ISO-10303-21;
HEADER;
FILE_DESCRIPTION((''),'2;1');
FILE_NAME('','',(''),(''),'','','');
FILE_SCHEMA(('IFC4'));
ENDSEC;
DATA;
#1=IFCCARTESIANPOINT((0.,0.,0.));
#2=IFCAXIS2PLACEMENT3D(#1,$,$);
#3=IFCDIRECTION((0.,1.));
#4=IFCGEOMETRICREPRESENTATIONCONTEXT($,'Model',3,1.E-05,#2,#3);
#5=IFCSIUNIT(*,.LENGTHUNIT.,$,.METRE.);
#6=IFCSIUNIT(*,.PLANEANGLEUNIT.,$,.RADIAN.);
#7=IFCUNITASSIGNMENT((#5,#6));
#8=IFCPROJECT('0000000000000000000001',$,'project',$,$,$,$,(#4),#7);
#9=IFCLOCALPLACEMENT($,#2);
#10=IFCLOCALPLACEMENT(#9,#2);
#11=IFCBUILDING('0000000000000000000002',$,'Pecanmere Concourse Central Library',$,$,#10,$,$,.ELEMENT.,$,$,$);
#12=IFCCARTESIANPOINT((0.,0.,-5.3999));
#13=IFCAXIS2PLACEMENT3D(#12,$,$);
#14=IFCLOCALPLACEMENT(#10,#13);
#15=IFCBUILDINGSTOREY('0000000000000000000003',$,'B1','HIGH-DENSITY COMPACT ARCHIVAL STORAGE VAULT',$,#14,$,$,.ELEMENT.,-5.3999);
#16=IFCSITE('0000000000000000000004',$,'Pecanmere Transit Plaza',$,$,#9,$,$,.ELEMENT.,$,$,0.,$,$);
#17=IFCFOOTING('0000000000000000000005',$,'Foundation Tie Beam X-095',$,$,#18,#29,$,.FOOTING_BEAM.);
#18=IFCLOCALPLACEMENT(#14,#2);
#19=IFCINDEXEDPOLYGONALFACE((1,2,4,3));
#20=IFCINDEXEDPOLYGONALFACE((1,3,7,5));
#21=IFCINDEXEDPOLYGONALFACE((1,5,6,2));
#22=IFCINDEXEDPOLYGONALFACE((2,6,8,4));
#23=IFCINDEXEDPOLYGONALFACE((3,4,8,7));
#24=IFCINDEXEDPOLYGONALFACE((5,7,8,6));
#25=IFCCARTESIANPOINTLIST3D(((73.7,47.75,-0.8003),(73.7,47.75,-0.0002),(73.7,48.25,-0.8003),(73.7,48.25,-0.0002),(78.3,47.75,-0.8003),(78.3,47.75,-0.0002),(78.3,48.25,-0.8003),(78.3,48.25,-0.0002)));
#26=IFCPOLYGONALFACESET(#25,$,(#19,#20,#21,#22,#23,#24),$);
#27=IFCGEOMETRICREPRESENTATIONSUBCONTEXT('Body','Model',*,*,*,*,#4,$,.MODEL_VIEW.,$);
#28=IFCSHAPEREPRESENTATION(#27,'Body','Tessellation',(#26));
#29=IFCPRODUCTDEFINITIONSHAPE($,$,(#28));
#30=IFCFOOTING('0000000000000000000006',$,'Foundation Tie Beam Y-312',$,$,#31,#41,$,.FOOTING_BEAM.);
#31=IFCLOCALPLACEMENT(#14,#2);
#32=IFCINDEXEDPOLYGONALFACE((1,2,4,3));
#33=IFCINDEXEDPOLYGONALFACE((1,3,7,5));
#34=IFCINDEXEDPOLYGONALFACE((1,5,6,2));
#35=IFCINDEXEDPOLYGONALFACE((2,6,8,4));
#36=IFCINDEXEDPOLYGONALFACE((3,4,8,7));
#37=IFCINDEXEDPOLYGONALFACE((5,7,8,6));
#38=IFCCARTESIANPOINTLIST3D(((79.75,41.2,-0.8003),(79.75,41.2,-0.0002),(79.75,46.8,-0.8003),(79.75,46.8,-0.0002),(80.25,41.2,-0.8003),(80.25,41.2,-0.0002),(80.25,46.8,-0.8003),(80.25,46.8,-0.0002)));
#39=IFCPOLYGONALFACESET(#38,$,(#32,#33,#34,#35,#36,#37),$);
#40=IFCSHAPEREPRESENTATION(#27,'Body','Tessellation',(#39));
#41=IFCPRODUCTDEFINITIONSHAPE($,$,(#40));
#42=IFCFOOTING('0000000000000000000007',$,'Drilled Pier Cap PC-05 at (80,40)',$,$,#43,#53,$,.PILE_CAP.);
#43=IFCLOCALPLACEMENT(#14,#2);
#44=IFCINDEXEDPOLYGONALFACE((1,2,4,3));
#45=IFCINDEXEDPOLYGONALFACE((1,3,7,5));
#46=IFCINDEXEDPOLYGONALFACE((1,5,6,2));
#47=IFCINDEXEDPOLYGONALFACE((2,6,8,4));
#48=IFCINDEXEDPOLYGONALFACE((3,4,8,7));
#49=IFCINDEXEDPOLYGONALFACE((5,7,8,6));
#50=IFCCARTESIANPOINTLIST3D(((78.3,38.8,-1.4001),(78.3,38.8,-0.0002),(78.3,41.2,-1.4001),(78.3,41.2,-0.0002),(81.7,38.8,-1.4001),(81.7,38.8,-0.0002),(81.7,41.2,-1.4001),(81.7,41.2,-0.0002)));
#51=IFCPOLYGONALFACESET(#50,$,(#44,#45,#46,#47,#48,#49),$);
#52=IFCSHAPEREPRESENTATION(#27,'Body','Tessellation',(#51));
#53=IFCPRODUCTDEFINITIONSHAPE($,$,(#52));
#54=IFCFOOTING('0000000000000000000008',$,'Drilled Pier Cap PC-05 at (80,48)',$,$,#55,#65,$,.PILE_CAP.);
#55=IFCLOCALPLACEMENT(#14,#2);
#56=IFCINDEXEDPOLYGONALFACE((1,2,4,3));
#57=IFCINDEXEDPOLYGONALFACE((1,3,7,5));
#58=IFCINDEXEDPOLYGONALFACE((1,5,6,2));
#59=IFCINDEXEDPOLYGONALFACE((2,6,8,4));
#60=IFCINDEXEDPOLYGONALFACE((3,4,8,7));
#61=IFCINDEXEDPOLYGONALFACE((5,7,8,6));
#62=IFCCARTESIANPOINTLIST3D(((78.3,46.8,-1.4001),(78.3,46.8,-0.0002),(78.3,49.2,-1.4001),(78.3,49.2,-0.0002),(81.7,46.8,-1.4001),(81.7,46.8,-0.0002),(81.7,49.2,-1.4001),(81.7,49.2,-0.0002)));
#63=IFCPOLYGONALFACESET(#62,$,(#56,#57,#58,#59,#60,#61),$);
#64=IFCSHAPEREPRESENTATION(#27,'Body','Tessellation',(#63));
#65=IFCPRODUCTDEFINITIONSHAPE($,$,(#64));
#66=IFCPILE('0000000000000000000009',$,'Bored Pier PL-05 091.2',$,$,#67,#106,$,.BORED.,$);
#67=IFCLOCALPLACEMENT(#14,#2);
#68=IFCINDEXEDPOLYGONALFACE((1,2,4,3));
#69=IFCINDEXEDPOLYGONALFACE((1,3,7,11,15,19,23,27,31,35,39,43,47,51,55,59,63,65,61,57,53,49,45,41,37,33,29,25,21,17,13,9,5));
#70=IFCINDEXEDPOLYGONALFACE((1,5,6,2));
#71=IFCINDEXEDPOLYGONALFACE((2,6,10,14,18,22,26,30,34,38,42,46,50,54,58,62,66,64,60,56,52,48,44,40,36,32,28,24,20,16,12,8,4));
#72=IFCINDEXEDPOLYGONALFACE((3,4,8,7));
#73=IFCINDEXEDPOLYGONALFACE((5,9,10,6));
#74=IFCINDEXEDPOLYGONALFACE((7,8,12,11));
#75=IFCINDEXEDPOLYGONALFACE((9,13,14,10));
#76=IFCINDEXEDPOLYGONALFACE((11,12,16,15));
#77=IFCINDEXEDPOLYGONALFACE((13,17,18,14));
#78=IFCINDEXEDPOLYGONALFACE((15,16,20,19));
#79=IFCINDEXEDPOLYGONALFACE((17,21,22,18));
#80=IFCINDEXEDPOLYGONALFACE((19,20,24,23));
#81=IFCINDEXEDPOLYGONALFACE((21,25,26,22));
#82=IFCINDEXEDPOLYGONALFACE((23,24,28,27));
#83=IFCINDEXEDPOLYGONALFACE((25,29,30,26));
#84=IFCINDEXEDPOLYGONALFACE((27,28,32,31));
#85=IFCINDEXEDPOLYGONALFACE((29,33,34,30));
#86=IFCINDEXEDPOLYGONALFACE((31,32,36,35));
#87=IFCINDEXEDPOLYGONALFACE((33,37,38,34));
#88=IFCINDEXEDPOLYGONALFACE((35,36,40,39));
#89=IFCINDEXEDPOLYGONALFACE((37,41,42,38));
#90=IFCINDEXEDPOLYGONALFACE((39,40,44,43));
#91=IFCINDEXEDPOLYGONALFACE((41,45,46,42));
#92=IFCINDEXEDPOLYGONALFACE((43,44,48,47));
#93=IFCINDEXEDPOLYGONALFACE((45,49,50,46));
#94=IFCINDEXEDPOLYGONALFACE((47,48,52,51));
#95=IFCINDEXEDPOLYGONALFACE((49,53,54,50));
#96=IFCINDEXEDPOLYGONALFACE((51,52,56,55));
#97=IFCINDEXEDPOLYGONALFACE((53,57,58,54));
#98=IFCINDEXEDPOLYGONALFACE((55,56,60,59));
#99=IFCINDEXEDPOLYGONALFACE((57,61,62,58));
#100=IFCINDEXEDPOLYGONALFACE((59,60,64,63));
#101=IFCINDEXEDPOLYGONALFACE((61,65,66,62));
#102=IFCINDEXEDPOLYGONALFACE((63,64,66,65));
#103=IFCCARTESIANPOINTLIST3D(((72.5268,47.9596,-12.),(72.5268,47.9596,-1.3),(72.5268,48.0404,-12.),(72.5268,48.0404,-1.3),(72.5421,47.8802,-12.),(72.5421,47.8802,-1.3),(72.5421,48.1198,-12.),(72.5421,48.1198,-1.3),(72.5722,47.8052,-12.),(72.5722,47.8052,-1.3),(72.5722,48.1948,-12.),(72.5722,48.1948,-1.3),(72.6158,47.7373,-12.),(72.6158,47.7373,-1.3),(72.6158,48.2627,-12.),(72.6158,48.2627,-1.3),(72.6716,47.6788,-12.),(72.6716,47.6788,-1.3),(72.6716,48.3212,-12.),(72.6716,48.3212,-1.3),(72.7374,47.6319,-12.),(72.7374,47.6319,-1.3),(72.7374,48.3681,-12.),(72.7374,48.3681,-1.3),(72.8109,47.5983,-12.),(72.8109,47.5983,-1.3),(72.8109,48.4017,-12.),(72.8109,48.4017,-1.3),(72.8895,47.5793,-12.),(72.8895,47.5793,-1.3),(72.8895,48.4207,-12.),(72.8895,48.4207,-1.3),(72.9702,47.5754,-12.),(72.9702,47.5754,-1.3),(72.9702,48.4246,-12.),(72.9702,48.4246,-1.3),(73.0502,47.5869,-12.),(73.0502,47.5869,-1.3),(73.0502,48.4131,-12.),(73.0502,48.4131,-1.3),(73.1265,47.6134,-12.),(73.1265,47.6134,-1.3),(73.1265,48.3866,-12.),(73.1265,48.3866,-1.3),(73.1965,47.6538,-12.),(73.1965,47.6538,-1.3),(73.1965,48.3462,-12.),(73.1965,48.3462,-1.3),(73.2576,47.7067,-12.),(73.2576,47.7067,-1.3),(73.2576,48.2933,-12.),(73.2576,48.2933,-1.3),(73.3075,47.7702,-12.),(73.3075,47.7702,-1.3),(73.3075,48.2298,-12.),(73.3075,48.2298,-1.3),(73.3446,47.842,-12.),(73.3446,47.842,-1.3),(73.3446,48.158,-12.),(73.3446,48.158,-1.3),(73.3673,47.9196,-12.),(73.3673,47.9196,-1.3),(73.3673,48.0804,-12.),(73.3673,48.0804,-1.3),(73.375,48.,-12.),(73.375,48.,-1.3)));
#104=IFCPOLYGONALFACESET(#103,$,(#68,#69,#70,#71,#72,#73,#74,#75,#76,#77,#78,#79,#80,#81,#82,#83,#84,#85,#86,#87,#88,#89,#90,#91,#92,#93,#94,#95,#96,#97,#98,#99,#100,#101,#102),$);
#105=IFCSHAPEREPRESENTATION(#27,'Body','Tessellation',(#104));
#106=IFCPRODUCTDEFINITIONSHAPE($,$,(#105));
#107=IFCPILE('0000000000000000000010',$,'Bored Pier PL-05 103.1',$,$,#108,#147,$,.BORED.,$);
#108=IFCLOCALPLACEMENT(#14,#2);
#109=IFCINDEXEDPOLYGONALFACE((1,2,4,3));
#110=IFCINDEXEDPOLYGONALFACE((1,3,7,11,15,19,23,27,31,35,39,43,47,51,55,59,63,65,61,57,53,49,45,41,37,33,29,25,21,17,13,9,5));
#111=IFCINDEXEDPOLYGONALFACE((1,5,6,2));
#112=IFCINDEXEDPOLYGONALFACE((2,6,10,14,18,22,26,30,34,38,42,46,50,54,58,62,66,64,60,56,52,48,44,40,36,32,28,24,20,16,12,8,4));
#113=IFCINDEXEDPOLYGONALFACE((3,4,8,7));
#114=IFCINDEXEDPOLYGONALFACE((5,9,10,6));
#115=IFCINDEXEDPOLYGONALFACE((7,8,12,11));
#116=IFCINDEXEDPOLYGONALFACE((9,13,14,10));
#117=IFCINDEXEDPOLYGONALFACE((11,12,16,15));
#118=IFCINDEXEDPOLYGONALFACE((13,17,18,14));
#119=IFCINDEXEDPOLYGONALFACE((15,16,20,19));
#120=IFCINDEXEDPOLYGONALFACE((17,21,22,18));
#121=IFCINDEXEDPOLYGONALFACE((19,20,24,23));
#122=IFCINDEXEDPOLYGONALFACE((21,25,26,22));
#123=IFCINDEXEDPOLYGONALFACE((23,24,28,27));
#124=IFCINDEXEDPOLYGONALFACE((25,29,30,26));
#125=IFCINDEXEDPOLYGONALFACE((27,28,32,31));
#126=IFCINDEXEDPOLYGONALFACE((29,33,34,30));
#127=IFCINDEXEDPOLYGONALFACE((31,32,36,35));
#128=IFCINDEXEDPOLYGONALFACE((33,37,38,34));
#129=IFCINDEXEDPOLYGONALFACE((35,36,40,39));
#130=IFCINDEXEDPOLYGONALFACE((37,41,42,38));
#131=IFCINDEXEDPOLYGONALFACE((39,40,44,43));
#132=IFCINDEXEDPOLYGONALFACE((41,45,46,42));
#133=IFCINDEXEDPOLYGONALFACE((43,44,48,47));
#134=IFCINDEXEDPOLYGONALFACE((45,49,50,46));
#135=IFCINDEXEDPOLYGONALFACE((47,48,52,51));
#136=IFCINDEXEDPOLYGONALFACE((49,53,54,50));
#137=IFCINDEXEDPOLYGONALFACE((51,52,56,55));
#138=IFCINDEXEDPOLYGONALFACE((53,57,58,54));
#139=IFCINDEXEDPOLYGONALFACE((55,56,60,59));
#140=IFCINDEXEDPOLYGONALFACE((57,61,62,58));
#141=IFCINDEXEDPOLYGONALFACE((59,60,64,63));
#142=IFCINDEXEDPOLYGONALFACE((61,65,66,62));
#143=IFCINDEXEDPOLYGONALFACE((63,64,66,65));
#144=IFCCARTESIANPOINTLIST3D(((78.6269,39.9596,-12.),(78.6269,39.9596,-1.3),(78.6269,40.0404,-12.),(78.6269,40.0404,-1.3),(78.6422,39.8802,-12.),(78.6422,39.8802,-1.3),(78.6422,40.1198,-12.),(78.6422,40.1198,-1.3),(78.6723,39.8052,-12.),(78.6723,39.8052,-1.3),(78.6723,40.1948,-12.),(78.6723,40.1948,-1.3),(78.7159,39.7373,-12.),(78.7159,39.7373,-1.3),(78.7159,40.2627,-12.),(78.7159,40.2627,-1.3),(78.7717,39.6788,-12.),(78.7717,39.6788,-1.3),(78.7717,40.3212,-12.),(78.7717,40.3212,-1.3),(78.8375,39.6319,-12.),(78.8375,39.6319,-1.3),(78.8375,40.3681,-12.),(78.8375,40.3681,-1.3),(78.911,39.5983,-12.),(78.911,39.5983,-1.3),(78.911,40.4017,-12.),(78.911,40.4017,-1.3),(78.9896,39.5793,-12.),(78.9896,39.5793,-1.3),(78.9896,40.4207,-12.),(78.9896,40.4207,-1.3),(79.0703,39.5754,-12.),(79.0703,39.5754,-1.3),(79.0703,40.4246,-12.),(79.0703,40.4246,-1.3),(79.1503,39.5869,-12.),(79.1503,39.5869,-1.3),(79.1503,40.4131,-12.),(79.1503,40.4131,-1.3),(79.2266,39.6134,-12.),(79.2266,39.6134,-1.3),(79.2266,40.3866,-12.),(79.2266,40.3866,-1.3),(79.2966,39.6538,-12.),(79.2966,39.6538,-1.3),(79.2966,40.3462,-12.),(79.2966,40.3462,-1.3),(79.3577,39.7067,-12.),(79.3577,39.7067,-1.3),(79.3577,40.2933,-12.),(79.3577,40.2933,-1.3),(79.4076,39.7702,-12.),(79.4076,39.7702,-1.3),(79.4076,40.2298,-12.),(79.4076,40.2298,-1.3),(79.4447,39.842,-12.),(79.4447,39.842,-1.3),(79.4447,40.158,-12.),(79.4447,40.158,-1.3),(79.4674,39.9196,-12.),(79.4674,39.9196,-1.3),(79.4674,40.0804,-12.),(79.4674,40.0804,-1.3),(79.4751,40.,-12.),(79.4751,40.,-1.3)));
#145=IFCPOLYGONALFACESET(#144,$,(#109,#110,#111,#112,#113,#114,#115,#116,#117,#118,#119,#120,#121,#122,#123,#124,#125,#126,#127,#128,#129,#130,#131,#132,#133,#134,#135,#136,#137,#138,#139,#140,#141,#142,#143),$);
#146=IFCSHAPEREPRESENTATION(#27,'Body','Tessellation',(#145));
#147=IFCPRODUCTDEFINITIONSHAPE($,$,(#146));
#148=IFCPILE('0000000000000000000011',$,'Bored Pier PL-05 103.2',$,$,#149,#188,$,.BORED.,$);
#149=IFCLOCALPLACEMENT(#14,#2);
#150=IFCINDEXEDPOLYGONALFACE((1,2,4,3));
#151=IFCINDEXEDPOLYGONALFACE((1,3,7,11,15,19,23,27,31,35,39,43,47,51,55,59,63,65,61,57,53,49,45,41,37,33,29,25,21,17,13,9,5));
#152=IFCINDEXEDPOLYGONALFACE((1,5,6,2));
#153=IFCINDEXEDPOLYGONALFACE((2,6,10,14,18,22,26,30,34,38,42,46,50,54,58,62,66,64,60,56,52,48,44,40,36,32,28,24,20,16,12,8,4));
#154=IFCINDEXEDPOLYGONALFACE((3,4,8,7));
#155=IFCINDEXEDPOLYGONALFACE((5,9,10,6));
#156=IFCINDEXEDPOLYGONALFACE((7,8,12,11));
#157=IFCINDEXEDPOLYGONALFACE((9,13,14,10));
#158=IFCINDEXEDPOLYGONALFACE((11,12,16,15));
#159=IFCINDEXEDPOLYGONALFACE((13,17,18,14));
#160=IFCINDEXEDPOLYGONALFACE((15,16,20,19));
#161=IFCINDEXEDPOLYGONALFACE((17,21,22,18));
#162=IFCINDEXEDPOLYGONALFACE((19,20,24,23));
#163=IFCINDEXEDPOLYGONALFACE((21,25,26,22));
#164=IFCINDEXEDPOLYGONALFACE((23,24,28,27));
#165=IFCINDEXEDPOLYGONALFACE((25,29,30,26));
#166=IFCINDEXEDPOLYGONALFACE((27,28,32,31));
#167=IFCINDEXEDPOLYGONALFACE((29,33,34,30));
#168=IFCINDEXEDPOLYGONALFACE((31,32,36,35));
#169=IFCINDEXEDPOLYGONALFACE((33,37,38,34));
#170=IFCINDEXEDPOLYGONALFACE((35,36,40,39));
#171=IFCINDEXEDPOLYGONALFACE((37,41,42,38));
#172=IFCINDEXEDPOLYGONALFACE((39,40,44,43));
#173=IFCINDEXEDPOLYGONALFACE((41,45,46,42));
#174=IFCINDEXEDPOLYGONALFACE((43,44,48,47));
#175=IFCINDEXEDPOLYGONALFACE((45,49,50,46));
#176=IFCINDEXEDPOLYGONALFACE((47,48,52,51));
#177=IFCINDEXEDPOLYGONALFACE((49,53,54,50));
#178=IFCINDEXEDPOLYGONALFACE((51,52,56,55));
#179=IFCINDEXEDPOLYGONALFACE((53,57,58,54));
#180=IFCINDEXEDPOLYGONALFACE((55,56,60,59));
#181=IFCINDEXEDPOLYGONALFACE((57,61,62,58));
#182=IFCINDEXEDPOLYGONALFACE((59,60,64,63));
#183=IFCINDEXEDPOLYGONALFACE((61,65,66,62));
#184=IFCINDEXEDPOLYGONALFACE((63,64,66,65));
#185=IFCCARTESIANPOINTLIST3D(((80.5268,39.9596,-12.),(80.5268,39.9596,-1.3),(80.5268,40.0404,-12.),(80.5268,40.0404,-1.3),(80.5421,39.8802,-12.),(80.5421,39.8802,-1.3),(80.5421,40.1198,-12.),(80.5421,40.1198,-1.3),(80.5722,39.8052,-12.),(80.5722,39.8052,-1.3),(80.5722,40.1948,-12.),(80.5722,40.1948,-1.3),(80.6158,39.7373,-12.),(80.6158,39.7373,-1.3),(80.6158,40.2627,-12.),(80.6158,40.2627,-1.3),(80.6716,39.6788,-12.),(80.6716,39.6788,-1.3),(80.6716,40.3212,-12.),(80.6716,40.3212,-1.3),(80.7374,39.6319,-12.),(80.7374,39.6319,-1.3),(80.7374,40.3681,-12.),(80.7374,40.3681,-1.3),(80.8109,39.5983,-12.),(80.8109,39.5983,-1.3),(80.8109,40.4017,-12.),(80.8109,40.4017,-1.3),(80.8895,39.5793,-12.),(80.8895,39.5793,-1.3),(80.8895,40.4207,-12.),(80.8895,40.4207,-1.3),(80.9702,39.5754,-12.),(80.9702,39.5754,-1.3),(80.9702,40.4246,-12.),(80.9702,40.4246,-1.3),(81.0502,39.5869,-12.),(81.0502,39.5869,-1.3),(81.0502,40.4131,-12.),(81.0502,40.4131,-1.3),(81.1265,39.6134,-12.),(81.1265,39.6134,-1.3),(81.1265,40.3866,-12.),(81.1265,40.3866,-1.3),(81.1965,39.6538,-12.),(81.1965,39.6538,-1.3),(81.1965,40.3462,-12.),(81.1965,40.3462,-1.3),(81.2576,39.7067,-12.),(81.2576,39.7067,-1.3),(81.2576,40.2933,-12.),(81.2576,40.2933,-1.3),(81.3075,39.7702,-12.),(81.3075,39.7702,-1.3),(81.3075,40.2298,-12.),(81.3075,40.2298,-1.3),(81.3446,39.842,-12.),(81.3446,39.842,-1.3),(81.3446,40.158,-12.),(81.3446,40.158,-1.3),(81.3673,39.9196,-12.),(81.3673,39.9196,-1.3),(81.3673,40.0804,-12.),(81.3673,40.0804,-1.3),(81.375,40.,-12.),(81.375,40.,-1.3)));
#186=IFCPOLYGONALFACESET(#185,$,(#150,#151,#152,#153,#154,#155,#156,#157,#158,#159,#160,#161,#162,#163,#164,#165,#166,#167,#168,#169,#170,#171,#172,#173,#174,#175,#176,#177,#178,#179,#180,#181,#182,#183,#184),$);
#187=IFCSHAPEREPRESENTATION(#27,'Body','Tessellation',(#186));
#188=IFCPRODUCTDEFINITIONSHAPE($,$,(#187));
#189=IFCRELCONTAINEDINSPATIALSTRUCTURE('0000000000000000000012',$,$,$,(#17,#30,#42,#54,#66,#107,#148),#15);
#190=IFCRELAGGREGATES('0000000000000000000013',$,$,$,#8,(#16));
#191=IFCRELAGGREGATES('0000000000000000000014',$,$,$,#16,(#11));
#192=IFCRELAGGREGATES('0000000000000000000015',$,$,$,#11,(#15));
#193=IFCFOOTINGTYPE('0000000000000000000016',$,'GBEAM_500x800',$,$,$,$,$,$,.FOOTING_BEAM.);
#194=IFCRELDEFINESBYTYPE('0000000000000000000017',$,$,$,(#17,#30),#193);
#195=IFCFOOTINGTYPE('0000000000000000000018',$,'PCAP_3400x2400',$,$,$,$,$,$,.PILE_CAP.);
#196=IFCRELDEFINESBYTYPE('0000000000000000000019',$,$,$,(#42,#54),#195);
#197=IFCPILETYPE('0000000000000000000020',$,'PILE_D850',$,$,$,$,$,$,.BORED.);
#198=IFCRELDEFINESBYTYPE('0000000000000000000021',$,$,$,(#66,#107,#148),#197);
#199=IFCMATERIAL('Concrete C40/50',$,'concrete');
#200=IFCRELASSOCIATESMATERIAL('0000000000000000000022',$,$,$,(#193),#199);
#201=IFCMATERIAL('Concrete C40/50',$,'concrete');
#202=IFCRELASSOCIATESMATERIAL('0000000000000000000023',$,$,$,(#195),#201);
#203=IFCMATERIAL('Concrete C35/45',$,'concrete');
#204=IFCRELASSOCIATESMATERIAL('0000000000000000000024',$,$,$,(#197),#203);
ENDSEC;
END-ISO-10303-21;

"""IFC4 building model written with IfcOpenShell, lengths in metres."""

from ifc_helpers import new_model, si_unit, direction, frame, origin, origin_2d, place, context, subcontext, project, spatial, rectangle, circle, extrude, material, material_profile, profile_set, type_object, element, save


model = new_model("IFC4")

# Units and contexts
model_context = context("Model", 3, precision=1e-05, world=origin(), true_north=direction((0.0, 1.0)))
body_context = subcontext(model_context, "Body", "Model", "MODEL_VIEW")
ifc_project = project(units=[si_unit("LENGTHUNIT", "METRE"), si_unit("PLANEANGLEUNIT", "RADIAN")], contexts=[model_context])

# Site, building, storey
site_placement = place(None, origin())
site = spatial("IfcSite", under=ifc_project, at=site_placement, Name="Pecanmere Transit Plaza", CompositionType="ELEMENT", RefElevation=0.0)
building_placement = place(site_placement, origin())
building = spatial("IfcBuilding", under=site, at=building_placement, Name="Pecanmere Concourse Central Library", CompositionType="ELEMENT")
storey_placement = place(building_placement, frame((0.0, 0.0, -5.3999)))
storey = spatial("IfcBuildingStorey", under=building, at=storey_placement, Name="B1", Description="HIGH-DENSITY COMPACT ARCHIVAL STORAGE VAULT", CompositionType="ELEMENT", Elevation=-5.3999)

# Footings
ifc_material_1 = material(Name="Concrete C40/50", Category="concrete")
ifc_material_profile_1 = material_profile(ifc_material_1, rectangle(XDim=0.5, YDim=0.8, at=origin_2d()), Name="RC 500x800")
ifc_profile_set_1 = profile_set([ifc_material_profile_1], Name="Concrete C40/50")
footing_type_1 = type_object("IfcFootingType", Name="GBEAM_500x800", PredefinedType="FOOTING_BEAM", material=ifc_profile_set_1)
footing_1_placement = place(storey_placement, frame((76.0, 48.0, -0.8003), z_axis=(0.0, 0.0, 1.0), x_axis=(1.0, 0.0, 0.0)))
element("IfcFooting", 1, at=footing_1_placement, inside=storey, type_object=footing_type_1, Name="Foundation Tie Beam X-095", PredefinedType="FOOTING_BEAM", context=body_context, shape_type="SweptSolid", body=[
    extrude(rectangle(XDim=4.6001, YDim=0.5, at=origin_2d()), origin(), (0.0, 0.0, 1.0), 0.8),
])
footing_2_placement = place(storey_placement, frame((80.0, 44.0, -0.8003), z_axis=(0.0, 0.0, 1.0), x_axis=(0.0, 1.0, 0.0)))
element("IfcFooting", 2, at=footing_2_placement, inside=storey, type_object=footing_type_1, Name="Foundation Tie Beam Y-312", PredefinedType="FOOTING_BEAM", context=body_context, shape_type="SweptSolid", body=[
    extrude(rectangle(XDim=5.6001, YDim=0.5, at=origin_2d()), origin(), (0.0, 0.0, 1.0), 0.8),
])
ifc_material_2 = material(Name="Concrete C40/50", Category="concrete")
footing_type_2 = type_object("IfcFootingType", Name="PCAP_3400x2400", PredefinedType="PILE_CAP", material=ifc_material_2)
for number, where, z_axis, x_axis, name in (
    (3, (80.0, 40.0, -1.4001), (0.0, 0.0, 1.0), (1.0, 0.0, 0.0), "Drilled Pier Cap PC-05 at (80,40)"),
    (4, (80.0, 48.0, -1.4001), (0.0, 0.0, 1.0), (1.0, 0.0, 0.0), "Drilled Pier Cap PC-05 at (80,48)"),
):
    element("IfcFooting", number, at=place(storey_placement, frame(where, z_axis=z_axis, x_axis=x_axis)), inside=storey, type_object=footing_type_2, Name=name, PredefinedType="PILE_CAP", context=body_context, shape_type="SweptSolid", body=[
        extrude(rectangle(XDim=3.3999, YDim=2.3999, at=origin_2d()), origin(), (0.0, 0.0, 1.0), 1.3999),
    ])

# Piles
ifc_material_3 = material(Name="Concrete C35/45", Category="concrete")
ifc_material_profile_2 = material_profile(ifc_material_3, circle(Radius=0.425, at=origin_2d()), Name="PIER D850")
ifc_profile_set_2 = profile_set([ifc_material_profile_2], Name="Concrete C35/45")
pile_type = type_object("IfcPileType", Name="PILE_D850", PredefinedType="BORED", material=ifc_profile_set_2)
for number, where, z_axis, x_axis, name in (
    (5, (72.95, 48.0, -1.3), (0.0, 0.0, -1.0), (1.0, 0.0, 0.0), "Bored Pier PL-05 091.2"),
    (6, (79.05, 40.0, -1.3), (0.0, 0.0, -1.0), (1.0, 0.0, 0.0), "Bored Pier PL-05 103.1"),
    (7, (80.95, 40.0, -1.3), (0.0, 0.0, -1.0), (1.0, 0.0, 0.0), "Bored Pier PL-05 103.2"),
):
    element("IfcPile", number, at=place(storey_placement, frame(where, z_axis=z_axis, x_axis=x_axis)), inside=storey, type_object=pile_type, Name=name, PredefinedType="BORED", context=body_context, shape_type="SweptSolid", body=[
        extrude(circle(Radius=0.425, at=origin_2d()), origin(), (0.0, 0.0, 1.0), 10.7),
    ])

save(model, "model.ifc")
